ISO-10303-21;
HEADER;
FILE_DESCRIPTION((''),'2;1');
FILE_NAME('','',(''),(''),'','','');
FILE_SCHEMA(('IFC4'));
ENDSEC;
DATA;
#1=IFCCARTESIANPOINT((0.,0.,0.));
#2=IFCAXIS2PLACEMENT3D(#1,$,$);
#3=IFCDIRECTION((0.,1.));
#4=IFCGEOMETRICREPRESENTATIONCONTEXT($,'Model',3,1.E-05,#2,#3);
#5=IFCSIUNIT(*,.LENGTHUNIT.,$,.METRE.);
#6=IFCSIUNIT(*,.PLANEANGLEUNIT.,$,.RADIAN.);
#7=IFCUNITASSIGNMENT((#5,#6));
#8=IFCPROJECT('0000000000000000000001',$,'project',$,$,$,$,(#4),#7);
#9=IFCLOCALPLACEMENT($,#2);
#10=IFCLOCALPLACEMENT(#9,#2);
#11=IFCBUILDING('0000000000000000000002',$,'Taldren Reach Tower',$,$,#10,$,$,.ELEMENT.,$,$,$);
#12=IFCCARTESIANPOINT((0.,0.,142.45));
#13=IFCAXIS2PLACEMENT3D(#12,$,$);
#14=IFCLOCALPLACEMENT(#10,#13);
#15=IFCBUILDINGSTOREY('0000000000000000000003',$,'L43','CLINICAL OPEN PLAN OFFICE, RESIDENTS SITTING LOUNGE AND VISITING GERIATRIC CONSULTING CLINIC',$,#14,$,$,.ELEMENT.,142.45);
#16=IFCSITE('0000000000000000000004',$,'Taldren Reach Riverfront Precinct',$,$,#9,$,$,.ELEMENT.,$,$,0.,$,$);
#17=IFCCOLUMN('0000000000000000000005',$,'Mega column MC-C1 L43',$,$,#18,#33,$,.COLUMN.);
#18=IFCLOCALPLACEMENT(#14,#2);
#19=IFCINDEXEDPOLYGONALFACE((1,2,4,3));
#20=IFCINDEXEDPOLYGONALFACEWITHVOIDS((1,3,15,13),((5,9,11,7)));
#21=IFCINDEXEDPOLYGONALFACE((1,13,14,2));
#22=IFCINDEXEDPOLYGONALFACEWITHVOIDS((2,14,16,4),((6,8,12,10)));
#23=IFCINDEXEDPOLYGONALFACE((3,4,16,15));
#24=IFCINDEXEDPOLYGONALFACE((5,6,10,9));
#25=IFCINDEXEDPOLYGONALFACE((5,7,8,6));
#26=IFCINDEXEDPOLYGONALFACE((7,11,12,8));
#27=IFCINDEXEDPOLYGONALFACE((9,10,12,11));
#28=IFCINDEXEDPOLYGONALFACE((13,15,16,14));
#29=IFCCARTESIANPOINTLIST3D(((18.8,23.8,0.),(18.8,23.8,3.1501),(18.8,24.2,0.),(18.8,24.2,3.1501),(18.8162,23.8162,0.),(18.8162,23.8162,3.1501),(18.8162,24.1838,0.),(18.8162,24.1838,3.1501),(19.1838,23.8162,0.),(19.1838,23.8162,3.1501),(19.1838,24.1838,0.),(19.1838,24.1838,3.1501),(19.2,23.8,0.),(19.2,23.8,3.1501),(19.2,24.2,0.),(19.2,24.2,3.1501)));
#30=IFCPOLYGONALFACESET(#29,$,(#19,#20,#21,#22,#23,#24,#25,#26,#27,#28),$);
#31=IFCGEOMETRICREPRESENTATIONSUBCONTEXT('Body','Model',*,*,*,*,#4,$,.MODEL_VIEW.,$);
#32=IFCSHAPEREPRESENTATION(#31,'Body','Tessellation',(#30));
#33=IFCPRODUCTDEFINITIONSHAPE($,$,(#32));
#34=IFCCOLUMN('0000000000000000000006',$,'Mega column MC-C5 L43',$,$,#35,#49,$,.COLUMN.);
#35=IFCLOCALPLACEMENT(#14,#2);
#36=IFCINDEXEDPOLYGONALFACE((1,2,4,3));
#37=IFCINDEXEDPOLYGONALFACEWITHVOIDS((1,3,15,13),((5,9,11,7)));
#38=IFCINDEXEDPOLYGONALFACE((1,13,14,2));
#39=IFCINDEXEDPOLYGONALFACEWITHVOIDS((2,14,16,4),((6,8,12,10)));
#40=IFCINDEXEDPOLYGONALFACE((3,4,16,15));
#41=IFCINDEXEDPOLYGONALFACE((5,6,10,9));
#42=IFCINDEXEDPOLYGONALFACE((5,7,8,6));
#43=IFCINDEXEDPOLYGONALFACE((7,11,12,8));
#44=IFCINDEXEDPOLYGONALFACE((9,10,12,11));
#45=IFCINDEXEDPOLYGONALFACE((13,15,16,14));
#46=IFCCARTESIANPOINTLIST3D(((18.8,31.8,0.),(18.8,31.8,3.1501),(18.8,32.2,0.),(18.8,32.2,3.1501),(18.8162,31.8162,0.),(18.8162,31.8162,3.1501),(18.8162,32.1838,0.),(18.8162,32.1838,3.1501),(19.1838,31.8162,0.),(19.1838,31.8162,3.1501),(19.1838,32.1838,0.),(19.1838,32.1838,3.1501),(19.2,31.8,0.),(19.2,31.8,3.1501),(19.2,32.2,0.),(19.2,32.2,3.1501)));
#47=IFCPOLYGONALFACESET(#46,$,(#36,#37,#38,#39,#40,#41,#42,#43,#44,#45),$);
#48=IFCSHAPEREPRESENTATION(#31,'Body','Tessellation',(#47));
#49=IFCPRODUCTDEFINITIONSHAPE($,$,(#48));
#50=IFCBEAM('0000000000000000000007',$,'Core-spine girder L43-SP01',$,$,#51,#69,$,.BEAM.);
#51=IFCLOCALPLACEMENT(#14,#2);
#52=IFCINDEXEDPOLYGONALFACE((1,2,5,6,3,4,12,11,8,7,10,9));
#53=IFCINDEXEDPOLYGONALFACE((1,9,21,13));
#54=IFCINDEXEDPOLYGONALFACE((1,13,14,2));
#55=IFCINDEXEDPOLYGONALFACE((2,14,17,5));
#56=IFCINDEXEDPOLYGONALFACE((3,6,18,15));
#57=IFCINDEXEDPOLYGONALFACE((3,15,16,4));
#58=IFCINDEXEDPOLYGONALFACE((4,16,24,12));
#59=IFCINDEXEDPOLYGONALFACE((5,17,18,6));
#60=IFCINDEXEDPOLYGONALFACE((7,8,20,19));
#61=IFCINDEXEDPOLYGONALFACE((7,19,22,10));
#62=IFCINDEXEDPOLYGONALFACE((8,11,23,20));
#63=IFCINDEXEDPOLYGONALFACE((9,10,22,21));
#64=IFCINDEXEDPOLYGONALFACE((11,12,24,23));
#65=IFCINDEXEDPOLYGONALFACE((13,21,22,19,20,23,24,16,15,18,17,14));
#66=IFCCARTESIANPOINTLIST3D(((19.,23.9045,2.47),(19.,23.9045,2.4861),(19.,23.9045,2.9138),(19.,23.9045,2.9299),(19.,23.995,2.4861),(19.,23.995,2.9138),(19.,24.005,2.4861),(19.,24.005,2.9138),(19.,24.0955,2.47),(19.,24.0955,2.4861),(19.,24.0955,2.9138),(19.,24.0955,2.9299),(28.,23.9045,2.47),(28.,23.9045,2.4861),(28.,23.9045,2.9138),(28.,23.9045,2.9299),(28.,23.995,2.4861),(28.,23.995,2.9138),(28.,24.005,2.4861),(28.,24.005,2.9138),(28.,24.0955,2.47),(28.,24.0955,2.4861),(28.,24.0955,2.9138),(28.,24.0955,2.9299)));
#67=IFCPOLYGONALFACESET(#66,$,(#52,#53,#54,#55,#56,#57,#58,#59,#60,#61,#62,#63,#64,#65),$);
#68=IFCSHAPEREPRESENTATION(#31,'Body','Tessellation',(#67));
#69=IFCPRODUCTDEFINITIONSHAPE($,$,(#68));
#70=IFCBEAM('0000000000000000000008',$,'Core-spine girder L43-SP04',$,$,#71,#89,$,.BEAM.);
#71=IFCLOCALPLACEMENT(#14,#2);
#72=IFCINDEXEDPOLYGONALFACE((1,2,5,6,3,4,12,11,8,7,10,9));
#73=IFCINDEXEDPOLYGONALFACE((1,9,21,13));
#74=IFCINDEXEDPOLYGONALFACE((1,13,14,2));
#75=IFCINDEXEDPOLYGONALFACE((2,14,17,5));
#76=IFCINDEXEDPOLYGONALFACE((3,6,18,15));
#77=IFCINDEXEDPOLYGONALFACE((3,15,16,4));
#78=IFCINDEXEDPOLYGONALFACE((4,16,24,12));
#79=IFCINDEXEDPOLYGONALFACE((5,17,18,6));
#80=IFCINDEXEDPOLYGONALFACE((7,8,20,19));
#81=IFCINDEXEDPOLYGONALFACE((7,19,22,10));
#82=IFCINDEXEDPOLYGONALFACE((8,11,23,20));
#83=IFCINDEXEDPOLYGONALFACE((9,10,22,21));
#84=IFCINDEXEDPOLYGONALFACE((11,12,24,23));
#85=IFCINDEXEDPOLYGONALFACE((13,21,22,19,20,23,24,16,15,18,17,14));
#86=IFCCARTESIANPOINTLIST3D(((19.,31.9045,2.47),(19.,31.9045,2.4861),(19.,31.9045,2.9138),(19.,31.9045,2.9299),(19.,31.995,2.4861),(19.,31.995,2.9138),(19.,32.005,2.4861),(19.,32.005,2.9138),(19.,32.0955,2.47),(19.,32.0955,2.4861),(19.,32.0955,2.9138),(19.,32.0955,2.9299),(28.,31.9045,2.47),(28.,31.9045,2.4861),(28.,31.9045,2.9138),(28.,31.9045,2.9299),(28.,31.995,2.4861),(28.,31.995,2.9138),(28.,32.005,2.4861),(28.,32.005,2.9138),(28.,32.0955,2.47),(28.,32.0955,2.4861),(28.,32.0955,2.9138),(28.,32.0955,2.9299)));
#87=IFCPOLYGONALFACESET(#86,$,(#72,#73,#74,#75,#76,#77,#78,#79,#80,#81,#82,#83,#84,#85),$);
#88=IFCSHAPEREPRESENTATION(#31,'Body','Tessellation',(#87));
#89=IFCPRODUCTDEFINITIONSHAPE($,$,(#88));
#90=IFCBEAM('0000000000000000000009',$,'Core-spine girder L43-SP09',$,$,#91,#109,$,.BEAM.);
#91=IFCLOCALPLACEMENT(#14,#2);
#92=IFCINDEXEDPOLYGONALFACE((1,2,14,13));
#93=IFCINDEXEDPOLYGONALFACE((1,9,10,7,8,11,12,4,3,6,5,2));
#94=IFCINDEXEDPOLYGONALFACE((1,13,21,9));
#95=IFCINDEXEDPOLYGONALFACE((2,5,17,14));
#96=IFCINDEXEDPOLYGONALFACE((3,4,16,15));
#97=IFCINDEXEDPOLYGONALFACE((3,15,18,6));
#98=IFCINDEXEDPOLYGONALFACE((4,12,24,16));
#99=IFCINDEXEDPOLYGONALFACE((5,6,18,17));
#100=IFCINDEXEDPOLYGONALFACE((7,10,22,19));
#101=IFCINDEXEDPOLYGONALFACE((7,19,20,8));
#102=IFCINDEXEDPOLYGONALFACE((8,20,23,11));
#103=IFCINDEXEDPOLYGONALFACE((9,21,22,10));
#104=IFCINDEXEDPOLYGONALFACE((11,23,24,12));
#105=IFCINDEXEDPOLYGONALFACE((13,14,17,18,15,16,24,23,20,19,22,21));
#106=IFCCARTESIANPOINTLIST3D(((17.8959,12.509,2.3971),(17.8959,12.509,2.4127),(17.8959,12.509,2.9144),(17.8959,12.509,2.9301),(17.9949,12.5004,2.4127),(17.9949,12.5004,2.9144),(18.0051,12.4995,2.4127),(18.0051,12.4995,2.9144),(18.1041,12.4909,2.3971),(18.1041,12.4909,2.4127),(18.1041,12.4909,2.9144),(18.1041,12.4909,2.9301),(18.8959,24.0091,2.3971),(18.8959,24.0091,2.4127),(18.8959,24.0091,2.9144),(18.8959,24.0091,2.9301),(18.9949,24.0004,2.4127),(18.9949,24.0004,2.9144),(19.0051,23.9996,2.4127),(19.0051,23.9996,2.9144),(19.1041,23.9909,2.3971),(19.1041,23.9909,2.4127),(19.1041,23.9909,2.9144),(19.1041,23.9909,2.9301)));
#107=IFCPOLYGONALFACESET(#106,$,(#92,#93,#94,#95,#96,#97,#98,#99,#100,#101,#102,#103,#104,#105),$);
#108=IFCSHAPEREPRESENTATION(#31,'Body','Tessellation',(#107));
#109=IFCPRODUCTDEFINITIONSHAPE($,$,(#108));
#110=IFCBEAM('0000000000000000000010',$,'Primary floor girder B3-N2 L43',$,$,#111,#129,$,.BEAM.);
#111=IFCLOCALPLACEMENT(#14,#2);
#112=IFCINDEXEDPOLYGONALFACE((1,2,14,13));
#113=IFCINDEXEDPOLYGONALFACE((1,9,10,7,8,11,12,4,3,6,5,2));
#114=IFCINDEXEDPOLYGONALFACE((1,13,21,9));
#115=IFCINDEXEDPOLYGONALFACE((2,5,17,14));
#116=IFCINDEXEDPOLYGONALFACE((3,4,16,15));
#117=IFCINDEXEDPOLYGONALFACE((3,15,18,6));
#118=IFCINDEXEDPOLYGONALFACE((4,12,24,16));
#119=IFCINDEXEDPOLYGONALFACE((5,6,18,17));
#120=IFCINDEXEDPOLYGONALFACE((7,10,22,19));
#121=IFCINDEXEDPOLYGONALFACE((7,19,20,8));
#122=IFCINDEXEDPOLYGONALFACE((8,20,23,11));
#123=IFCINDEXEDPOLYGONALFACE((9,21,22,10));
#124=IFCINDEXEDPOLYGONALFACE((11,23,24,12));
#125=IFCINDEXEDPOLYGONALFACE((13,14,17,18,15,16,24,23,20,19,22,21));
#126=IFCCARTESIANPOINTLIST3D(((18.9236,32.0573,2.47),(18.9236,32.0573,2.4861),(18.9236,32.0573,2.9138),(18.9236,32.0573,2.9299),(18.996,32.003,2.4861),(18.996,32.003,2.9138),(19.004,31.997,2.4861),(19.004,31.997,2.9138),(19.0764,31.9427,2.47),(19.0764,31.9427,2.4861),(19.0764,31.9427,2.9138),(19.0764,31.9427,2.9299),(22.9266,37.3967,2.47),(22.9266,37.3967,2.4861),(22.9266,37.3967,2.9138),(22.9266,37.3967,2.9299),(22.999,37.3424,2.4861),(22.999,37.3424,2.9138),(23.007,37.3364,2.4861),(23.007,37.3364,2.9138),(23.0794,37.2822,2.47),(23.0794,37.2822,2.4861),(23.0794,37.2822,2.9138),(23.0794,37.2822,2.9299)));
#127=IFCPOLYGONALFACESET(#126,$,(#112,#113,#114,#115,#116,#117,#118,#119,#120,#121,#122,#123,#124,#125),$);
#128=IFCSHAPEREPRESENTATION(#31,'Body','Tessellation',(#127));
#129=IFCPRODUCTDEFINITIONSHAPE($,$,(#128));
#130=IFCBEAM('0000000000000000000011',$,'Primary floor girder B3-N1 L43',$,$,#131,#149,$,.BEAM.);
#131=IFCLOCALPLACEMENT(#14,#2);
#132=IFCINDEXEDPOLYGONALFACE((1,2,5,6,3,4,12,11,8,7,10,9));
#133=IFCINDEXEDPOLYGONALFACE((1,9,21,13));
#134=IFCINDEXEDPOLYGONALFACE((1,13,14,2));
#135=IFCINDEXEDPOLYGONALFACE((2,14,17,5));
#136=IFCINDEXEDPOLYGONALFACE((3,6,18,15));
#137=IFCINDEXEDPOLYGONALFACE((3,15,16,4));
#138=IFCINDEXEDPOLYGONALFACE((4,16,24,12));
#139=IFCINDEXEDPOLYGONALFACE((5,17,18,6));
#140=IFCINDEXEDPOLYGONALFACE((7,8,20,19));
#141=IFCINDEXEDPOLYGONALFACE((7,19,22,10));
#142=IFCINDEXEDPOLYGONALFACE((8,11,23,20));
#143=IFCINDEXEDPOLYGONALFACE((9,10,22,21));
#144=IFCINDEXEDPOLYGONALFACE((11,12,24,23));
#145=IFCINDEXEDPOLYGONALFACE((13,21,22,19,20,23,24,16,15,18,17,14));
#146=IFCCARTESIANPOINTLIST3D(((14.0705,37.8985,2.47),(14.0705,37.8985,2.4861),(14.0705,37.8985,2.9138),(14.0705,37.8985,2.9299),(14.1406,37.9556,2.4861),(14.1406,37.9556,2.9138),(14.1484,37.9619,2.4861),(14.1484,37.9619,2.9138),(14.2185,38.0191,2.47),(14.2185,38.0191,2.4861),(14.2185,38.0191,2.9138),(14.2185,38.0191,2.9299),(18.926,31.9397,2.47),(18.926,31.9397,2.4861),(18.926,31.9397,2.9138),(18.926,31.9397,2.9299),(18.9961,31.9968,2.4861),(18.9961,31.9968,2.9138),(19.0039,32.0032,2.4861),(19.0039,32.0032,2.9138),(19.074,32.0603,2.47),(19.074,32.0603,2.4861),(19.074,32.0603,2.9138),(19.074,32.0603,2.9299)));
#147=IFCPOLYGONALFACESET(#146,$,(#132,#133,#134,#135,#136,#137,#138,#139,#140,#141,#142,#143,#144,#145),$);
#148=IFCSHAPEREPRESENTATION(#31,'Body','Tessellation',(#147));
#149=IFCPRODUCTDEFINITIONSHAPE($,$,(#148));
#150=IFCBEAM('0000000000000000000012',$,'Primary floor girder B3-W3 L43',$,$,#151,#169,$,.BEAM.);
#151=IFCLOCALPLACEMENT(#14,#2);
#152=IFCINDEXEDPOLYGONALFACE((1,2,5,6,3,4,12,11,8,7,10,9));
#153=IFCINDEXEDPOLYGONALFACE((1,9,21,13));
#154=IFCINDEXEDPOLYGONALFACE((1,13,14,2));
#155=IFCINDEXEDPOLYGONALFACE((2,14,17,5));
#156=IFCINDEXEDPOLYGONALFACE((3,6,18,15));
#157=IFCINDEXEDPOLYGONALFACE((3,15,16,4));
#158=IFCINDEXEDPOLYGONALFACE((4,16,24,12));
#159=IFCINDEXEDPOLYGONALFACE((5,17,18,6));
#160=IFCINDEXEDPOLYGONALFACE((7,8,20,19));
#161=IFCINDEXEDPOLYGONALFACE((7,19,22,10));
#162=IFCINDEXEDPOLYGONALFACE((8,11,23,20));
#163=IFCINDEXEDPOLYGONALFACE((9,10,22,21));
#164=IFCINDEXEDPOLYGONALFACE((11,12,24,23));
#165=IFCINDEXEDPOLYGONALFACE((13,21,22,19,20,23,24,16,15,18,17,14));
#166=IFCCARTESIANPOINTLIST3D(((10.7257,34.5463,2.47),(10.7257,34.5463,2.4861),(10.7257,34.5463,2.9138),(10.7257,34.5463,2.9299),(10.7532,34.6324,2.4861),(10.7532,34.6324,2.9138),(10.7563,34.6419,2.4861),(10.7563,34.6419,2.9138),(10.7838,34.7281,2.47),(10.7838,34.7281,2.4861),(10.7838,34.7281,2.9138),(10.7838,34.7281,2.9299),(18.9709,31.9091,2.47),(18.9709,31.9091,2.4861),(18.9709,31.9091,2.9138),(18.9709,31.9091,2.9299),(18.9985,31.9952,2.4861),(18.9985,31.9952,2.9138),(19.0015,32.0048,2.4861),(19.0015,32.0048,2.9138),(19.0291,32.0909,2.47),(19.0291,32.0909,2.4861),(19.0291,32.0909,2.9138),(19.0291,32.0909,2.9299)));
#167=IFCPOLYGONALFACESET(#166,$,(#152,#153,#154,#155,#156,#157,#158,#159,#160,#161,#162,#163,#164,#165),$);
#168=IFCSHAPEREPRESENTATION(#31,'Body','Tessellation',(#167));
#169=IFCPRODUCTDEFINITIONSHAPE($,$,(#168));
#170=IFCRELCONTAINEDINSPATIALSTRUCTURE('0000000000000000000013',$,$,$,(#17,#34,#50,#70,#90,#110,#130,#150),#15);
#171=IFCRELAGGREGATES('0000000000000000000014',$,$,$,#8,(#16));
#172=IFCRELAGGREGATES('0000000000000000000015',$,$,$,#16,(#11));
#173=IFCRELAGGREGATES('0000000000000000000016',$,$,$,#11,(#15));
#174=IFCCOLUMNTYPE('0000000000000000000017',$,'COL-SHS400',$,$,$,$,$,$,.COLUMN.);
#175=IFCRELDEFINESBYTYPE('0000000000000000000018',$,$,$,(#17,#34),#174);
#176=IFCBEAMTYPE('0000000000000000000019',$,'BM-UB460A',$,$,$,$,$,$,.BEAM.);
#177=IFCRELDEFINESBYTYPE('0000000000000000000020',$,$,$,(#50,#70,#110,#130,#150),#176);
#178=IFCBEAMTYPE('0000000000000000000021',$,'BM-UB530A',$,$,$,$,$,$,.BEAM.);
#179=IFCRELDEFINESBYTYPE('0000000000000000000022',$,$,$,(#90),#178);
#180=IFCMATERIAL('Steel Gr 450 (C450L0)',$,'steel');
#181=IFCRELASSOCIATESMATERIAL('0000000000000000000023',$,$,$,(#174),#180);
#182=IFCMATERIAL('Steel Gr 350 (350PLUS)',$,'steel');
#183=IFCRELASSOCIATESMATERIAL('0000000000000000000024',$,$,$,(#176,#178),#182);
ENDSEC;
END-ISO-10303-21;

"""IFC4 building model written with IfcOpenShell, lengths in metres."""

from ifc_helpers import new_model, si_unit, direction, frame, origin, origin_2d, place, context, subcontext, project, spatial, hollow_rectangle, i_section, extrude, source, transform, mapped, material, material_profile, profile_set, type_object, element, save


model = new_model("IFC4")

# Units and contexts
model_context = context("Model", 3, precision=1e-05, world=origin(), true_north=direction((0.0, 1.0)))
body_context = subcontext(model_context, "Body", "Model", "MODEL_VIEW")
ifc_project = project(units=[si_unit("LENGTHUNIT", "METRE"), si_unit("PLANEANGLEUNIT", "RADIAN")], contexts=[model_context])

# Site, building, storey
site_placement = place(None, origin())
site = spatial("IfcSite", under=ifc_project, at=site_placement, Name="Taldren Reach Riverfront Precinct", CompositionType="ELEMENT", RefElevation=0.0)
building_placement = place(site_placement, origin())
building = spatial("IfcBuilding", under=site, at=building_placement, Name="Taldren Reach Tower", CompositionType="ELEMENT")
storey_placement = place(building_placement, frame((0.0, 0.0, 142.45)))
storey = spatial("IfcBuildingStorey", under=building, at=storey_placement, Name="L43", Description="CLINICAL OPEN PLAN OFFICE, RESIDENTS SITTING LOUNGE AND VISITING GERIATRIC CONSULTING CLINIC", CompositionType="ELEMENT", Elevation=142.45)

# Columns
ifc_material_1 = material(Name="Steel Gr 450 (C450L0)", Category="steel")
ifc_material_profile_1 = material_profile(ifc_material_1, hollow_rectangle(XDim=0.3999, YDim=0.3999, WallThickness=0.0161, at=origin_2d()), Name="400x400x16.0SHS")
ifc_profile_set_1 = profile_set([ifc_material_profile_1], Name="Steel Gr 450 (C450L0)")
column_type = type_object("IfcColumnType", Name="COL-SHS400", PredefinedType="COLUMN", material=ifc_profile_set_1)
shared_shape_1 = source(origin(), body_context, "Body", "SweptSolid", [
    extrude(hollow_rectangle(XDim=0.3999, YDim=0.3999, WallThickness=0.0161, at=origin_2d()), origin(), (0.0, 0.0, 1.0), 3.1501),
])
for number, where, z_axis, x_axis, name in (
    (1, (19.0, 24.0, 0.0), (0.0, 0.0, 1.0), (1.0, 0.0, 0.0), "Mega column MC-C1 L43"),
    (2, (19.0, 32.0, 0.0), (0.0, 0.0, 1.0), (1.0, 0.0, 0.0), "Mega column MC-C5 L43"),
):
    element("IfcColumn", number, at=place(storey_placement, frame(where, z_axis=z_axis, x_axis=x_axis)), inside=storey, type_object=column_type, Name=name, PredefinedType="COLUMN", context=body_context, shape_type="MappedRepresentation", body=[
        mapped(shared_shape_1, transform((0.0, 0.0, 0.0), scale=1.0)),
    ])

# Beams
ifc_material_2 = material(Name="Steel Gr 350 (350PLUS)", Category="steel")
ifc_material_profile_2 = material_profile(ifc_material_2, i_section(OverallWidth=0.1909, OverallDepth=0.46, WebThickness=0.01, FlangeThickness=0.0161, at=origin_2d()), Name="460UB82.1")
ifc_profile_set_2 = profile_set([ifc_material_profile_2], Name="Steel Gr 350 (350PLUS)")
beam_type_1 = type_object("IfcBeamType", Name="BM-UB460A", PredefinedType="BEAM", material=ifc_profile_set_2)
shared_shape_2 = source(origin(), body_context, "Body", "SweptSolid", [
    extrude(i_section(OverallWidth=0.1909, OverallDepth=0.46, WebThickness=0.01, FlangeThickness=0.0161, at=origin_2d()), origin(), (0.0, 0.0, 1.0), 9.0),
])
for number, where, z_axis, x_axis, name in (
    (3, (19.0, 24.0, 2.7), (1.0, 0.0, 0.0), (0.0, 1.0, 0.0), "Core-spine girder L43-SP01"),
    (4, (19.0, 32.0, 2.7), (1.0, 0.0, 0.0), (0.0, 1.0, 0.0), "Core-spine girder L43-SP04"),
):
    element("IfcBeam", number, at=place(storey_placement, frame(where, z_axis=z_axis, x_axis=x_axis)), inside=storey, type_object=beam_type_1, Name=name, PredefinedType="BEAM", context=body_context, shape_type="MappedRepresentation", body=[
        mapped(shared_shape_2, transform((0.0, 0.0, 0.0), scale=1.0)),
    ])
ifc_material_profile_3 = material_profile(ifc_material_2, i_section(OverallWidth=0.209, OverallDepth=0.533, WebThickness=0.0103, FlangeThickness=0.0156, at=origin_2d()), Name="530UB92.4")
ifc_profile_set_3 = profile_set([ifc_material_profile_3], Name="Steel Gr 350 (350PLUS)")
beam_type_2 = type_object("IfcBeamType", Name="BM-UB530A", PredefinedType="BEAM", material=ifc_profile_set_3)
shared_shape_3 = source(origin(), body_context, "Body", "SweptSolid", [
    extrude(i_section(OverallWidth=0.209, OverallDepth=0.533, WebThickness=0.0103, FlangeThickness=0.0156, at=origin_2d()), origin(), (0.0, 0.0, 1.0), 11.5435),
])
beam_1_placement = place(storey_placement, frame((19.0, 24.0, 2.6636), z_axis=(-0.08663, -0.996241, 0.0), x_axis=(0.996241, -0.08663, 0.0)))
element("IfcBeam", 5, at=beam_1_placement, inside=storey, type_object=beam_type_2, Name="Core-spine girder L43-SP09", PredefinedType="BEAM", context=body_context, shape_type="MappedRepresentation", body=[
    mapped(shared_shape_3, transform((0.0, 0.0, 0.0), scale=1.0)),
])
shared_shape_4 = source(origin(), body_context, "Body", "SweptSolid", [
    extrude(i_section(OverallWidth=0.1909, OverallDepth=0.46, WebThickness=0.01, FlangeThickness=0.0161, at=origin_2d()), origin(), (0.0, 0.0, 1.0), 6.6733),
])
beam_2_placement = place(storey_placement, frame((19.0, 32.0, 2.7), z_axis=(0.599848, 0.800114, 0.0), x_axis=(-0.800114, 0.599848, 0.0)))
element("IfcBeam", 6, at=beam_2_placement, inside=storey, type_object=beam_type_1, Name="Primary floor girder B3-N2 L43", PredefinedType="BEAM", context=body_context, shape_type="MappedRepresentation", body=[
    mapped(shared_shape_4, transform((0.0, 0.0, 0.0), scale=1.0)),
])
shared_shape_5 = source(origin(), body_context, "Body", "SweptSolid", [
    extrude(i_section(OverallWidth=0.1909, OverallDepth=0.46, WebThickness=0.01, FlangeThickness=0.0161, at=origin_2d()), origin(), (0.0, 0.0, 1.0), 7.6865),
])
beam_3_placement = place(storey_placement, frame((19.0, 32.0, 2.7), z_axis=(-0.631689, 0.775222, 0.0), x_axis=(-0.775222, -0.631689, 0.0)))
element("IfcBeam", 7, at=beam_3_placement, inside=storey, type_object=beam_type_1, Name="Primary floor girder B3-N1 L43", PredefinedType="BEAM", context=body_context, shape_type="MappedRepresentation", body=[
    mapped(shared_shape_5, transform((0.0, 0.0, 0.0), scale=1.0)),
])
shared_shape_6 = source(origin(), body_context, "Body", "SweptSolid", [
    extrude(i_section(OverallWidth=0.1909, OverallDepth=0.46, WebThickness=0.01, FlangeThickness=0.0161, at=origin_2d()), origin(), (0.0, 0.0, 1.0), 8.6567),
])
beam_4_placement = place(storey_placement, frame((19.0, 32.0, 2.7), z_axis=(-0.952468, 0.304639, 0.0), x_axis=(-0.304639, -0.952468, 0.0)))
element("IfcBeam", 8, at=beam_4_placement, inside=storey, type_object=beam_type_1, Name="Primary floor girder B3-W3 L43", PredefinedType="BEAM", context=body_context, shape_type="MappedRepresentation", body=[
    mapped(shared_shape_6, transform((0.0, 0.0, 0.0), scale=1.0)),
])

save(model, "model.ifc")
